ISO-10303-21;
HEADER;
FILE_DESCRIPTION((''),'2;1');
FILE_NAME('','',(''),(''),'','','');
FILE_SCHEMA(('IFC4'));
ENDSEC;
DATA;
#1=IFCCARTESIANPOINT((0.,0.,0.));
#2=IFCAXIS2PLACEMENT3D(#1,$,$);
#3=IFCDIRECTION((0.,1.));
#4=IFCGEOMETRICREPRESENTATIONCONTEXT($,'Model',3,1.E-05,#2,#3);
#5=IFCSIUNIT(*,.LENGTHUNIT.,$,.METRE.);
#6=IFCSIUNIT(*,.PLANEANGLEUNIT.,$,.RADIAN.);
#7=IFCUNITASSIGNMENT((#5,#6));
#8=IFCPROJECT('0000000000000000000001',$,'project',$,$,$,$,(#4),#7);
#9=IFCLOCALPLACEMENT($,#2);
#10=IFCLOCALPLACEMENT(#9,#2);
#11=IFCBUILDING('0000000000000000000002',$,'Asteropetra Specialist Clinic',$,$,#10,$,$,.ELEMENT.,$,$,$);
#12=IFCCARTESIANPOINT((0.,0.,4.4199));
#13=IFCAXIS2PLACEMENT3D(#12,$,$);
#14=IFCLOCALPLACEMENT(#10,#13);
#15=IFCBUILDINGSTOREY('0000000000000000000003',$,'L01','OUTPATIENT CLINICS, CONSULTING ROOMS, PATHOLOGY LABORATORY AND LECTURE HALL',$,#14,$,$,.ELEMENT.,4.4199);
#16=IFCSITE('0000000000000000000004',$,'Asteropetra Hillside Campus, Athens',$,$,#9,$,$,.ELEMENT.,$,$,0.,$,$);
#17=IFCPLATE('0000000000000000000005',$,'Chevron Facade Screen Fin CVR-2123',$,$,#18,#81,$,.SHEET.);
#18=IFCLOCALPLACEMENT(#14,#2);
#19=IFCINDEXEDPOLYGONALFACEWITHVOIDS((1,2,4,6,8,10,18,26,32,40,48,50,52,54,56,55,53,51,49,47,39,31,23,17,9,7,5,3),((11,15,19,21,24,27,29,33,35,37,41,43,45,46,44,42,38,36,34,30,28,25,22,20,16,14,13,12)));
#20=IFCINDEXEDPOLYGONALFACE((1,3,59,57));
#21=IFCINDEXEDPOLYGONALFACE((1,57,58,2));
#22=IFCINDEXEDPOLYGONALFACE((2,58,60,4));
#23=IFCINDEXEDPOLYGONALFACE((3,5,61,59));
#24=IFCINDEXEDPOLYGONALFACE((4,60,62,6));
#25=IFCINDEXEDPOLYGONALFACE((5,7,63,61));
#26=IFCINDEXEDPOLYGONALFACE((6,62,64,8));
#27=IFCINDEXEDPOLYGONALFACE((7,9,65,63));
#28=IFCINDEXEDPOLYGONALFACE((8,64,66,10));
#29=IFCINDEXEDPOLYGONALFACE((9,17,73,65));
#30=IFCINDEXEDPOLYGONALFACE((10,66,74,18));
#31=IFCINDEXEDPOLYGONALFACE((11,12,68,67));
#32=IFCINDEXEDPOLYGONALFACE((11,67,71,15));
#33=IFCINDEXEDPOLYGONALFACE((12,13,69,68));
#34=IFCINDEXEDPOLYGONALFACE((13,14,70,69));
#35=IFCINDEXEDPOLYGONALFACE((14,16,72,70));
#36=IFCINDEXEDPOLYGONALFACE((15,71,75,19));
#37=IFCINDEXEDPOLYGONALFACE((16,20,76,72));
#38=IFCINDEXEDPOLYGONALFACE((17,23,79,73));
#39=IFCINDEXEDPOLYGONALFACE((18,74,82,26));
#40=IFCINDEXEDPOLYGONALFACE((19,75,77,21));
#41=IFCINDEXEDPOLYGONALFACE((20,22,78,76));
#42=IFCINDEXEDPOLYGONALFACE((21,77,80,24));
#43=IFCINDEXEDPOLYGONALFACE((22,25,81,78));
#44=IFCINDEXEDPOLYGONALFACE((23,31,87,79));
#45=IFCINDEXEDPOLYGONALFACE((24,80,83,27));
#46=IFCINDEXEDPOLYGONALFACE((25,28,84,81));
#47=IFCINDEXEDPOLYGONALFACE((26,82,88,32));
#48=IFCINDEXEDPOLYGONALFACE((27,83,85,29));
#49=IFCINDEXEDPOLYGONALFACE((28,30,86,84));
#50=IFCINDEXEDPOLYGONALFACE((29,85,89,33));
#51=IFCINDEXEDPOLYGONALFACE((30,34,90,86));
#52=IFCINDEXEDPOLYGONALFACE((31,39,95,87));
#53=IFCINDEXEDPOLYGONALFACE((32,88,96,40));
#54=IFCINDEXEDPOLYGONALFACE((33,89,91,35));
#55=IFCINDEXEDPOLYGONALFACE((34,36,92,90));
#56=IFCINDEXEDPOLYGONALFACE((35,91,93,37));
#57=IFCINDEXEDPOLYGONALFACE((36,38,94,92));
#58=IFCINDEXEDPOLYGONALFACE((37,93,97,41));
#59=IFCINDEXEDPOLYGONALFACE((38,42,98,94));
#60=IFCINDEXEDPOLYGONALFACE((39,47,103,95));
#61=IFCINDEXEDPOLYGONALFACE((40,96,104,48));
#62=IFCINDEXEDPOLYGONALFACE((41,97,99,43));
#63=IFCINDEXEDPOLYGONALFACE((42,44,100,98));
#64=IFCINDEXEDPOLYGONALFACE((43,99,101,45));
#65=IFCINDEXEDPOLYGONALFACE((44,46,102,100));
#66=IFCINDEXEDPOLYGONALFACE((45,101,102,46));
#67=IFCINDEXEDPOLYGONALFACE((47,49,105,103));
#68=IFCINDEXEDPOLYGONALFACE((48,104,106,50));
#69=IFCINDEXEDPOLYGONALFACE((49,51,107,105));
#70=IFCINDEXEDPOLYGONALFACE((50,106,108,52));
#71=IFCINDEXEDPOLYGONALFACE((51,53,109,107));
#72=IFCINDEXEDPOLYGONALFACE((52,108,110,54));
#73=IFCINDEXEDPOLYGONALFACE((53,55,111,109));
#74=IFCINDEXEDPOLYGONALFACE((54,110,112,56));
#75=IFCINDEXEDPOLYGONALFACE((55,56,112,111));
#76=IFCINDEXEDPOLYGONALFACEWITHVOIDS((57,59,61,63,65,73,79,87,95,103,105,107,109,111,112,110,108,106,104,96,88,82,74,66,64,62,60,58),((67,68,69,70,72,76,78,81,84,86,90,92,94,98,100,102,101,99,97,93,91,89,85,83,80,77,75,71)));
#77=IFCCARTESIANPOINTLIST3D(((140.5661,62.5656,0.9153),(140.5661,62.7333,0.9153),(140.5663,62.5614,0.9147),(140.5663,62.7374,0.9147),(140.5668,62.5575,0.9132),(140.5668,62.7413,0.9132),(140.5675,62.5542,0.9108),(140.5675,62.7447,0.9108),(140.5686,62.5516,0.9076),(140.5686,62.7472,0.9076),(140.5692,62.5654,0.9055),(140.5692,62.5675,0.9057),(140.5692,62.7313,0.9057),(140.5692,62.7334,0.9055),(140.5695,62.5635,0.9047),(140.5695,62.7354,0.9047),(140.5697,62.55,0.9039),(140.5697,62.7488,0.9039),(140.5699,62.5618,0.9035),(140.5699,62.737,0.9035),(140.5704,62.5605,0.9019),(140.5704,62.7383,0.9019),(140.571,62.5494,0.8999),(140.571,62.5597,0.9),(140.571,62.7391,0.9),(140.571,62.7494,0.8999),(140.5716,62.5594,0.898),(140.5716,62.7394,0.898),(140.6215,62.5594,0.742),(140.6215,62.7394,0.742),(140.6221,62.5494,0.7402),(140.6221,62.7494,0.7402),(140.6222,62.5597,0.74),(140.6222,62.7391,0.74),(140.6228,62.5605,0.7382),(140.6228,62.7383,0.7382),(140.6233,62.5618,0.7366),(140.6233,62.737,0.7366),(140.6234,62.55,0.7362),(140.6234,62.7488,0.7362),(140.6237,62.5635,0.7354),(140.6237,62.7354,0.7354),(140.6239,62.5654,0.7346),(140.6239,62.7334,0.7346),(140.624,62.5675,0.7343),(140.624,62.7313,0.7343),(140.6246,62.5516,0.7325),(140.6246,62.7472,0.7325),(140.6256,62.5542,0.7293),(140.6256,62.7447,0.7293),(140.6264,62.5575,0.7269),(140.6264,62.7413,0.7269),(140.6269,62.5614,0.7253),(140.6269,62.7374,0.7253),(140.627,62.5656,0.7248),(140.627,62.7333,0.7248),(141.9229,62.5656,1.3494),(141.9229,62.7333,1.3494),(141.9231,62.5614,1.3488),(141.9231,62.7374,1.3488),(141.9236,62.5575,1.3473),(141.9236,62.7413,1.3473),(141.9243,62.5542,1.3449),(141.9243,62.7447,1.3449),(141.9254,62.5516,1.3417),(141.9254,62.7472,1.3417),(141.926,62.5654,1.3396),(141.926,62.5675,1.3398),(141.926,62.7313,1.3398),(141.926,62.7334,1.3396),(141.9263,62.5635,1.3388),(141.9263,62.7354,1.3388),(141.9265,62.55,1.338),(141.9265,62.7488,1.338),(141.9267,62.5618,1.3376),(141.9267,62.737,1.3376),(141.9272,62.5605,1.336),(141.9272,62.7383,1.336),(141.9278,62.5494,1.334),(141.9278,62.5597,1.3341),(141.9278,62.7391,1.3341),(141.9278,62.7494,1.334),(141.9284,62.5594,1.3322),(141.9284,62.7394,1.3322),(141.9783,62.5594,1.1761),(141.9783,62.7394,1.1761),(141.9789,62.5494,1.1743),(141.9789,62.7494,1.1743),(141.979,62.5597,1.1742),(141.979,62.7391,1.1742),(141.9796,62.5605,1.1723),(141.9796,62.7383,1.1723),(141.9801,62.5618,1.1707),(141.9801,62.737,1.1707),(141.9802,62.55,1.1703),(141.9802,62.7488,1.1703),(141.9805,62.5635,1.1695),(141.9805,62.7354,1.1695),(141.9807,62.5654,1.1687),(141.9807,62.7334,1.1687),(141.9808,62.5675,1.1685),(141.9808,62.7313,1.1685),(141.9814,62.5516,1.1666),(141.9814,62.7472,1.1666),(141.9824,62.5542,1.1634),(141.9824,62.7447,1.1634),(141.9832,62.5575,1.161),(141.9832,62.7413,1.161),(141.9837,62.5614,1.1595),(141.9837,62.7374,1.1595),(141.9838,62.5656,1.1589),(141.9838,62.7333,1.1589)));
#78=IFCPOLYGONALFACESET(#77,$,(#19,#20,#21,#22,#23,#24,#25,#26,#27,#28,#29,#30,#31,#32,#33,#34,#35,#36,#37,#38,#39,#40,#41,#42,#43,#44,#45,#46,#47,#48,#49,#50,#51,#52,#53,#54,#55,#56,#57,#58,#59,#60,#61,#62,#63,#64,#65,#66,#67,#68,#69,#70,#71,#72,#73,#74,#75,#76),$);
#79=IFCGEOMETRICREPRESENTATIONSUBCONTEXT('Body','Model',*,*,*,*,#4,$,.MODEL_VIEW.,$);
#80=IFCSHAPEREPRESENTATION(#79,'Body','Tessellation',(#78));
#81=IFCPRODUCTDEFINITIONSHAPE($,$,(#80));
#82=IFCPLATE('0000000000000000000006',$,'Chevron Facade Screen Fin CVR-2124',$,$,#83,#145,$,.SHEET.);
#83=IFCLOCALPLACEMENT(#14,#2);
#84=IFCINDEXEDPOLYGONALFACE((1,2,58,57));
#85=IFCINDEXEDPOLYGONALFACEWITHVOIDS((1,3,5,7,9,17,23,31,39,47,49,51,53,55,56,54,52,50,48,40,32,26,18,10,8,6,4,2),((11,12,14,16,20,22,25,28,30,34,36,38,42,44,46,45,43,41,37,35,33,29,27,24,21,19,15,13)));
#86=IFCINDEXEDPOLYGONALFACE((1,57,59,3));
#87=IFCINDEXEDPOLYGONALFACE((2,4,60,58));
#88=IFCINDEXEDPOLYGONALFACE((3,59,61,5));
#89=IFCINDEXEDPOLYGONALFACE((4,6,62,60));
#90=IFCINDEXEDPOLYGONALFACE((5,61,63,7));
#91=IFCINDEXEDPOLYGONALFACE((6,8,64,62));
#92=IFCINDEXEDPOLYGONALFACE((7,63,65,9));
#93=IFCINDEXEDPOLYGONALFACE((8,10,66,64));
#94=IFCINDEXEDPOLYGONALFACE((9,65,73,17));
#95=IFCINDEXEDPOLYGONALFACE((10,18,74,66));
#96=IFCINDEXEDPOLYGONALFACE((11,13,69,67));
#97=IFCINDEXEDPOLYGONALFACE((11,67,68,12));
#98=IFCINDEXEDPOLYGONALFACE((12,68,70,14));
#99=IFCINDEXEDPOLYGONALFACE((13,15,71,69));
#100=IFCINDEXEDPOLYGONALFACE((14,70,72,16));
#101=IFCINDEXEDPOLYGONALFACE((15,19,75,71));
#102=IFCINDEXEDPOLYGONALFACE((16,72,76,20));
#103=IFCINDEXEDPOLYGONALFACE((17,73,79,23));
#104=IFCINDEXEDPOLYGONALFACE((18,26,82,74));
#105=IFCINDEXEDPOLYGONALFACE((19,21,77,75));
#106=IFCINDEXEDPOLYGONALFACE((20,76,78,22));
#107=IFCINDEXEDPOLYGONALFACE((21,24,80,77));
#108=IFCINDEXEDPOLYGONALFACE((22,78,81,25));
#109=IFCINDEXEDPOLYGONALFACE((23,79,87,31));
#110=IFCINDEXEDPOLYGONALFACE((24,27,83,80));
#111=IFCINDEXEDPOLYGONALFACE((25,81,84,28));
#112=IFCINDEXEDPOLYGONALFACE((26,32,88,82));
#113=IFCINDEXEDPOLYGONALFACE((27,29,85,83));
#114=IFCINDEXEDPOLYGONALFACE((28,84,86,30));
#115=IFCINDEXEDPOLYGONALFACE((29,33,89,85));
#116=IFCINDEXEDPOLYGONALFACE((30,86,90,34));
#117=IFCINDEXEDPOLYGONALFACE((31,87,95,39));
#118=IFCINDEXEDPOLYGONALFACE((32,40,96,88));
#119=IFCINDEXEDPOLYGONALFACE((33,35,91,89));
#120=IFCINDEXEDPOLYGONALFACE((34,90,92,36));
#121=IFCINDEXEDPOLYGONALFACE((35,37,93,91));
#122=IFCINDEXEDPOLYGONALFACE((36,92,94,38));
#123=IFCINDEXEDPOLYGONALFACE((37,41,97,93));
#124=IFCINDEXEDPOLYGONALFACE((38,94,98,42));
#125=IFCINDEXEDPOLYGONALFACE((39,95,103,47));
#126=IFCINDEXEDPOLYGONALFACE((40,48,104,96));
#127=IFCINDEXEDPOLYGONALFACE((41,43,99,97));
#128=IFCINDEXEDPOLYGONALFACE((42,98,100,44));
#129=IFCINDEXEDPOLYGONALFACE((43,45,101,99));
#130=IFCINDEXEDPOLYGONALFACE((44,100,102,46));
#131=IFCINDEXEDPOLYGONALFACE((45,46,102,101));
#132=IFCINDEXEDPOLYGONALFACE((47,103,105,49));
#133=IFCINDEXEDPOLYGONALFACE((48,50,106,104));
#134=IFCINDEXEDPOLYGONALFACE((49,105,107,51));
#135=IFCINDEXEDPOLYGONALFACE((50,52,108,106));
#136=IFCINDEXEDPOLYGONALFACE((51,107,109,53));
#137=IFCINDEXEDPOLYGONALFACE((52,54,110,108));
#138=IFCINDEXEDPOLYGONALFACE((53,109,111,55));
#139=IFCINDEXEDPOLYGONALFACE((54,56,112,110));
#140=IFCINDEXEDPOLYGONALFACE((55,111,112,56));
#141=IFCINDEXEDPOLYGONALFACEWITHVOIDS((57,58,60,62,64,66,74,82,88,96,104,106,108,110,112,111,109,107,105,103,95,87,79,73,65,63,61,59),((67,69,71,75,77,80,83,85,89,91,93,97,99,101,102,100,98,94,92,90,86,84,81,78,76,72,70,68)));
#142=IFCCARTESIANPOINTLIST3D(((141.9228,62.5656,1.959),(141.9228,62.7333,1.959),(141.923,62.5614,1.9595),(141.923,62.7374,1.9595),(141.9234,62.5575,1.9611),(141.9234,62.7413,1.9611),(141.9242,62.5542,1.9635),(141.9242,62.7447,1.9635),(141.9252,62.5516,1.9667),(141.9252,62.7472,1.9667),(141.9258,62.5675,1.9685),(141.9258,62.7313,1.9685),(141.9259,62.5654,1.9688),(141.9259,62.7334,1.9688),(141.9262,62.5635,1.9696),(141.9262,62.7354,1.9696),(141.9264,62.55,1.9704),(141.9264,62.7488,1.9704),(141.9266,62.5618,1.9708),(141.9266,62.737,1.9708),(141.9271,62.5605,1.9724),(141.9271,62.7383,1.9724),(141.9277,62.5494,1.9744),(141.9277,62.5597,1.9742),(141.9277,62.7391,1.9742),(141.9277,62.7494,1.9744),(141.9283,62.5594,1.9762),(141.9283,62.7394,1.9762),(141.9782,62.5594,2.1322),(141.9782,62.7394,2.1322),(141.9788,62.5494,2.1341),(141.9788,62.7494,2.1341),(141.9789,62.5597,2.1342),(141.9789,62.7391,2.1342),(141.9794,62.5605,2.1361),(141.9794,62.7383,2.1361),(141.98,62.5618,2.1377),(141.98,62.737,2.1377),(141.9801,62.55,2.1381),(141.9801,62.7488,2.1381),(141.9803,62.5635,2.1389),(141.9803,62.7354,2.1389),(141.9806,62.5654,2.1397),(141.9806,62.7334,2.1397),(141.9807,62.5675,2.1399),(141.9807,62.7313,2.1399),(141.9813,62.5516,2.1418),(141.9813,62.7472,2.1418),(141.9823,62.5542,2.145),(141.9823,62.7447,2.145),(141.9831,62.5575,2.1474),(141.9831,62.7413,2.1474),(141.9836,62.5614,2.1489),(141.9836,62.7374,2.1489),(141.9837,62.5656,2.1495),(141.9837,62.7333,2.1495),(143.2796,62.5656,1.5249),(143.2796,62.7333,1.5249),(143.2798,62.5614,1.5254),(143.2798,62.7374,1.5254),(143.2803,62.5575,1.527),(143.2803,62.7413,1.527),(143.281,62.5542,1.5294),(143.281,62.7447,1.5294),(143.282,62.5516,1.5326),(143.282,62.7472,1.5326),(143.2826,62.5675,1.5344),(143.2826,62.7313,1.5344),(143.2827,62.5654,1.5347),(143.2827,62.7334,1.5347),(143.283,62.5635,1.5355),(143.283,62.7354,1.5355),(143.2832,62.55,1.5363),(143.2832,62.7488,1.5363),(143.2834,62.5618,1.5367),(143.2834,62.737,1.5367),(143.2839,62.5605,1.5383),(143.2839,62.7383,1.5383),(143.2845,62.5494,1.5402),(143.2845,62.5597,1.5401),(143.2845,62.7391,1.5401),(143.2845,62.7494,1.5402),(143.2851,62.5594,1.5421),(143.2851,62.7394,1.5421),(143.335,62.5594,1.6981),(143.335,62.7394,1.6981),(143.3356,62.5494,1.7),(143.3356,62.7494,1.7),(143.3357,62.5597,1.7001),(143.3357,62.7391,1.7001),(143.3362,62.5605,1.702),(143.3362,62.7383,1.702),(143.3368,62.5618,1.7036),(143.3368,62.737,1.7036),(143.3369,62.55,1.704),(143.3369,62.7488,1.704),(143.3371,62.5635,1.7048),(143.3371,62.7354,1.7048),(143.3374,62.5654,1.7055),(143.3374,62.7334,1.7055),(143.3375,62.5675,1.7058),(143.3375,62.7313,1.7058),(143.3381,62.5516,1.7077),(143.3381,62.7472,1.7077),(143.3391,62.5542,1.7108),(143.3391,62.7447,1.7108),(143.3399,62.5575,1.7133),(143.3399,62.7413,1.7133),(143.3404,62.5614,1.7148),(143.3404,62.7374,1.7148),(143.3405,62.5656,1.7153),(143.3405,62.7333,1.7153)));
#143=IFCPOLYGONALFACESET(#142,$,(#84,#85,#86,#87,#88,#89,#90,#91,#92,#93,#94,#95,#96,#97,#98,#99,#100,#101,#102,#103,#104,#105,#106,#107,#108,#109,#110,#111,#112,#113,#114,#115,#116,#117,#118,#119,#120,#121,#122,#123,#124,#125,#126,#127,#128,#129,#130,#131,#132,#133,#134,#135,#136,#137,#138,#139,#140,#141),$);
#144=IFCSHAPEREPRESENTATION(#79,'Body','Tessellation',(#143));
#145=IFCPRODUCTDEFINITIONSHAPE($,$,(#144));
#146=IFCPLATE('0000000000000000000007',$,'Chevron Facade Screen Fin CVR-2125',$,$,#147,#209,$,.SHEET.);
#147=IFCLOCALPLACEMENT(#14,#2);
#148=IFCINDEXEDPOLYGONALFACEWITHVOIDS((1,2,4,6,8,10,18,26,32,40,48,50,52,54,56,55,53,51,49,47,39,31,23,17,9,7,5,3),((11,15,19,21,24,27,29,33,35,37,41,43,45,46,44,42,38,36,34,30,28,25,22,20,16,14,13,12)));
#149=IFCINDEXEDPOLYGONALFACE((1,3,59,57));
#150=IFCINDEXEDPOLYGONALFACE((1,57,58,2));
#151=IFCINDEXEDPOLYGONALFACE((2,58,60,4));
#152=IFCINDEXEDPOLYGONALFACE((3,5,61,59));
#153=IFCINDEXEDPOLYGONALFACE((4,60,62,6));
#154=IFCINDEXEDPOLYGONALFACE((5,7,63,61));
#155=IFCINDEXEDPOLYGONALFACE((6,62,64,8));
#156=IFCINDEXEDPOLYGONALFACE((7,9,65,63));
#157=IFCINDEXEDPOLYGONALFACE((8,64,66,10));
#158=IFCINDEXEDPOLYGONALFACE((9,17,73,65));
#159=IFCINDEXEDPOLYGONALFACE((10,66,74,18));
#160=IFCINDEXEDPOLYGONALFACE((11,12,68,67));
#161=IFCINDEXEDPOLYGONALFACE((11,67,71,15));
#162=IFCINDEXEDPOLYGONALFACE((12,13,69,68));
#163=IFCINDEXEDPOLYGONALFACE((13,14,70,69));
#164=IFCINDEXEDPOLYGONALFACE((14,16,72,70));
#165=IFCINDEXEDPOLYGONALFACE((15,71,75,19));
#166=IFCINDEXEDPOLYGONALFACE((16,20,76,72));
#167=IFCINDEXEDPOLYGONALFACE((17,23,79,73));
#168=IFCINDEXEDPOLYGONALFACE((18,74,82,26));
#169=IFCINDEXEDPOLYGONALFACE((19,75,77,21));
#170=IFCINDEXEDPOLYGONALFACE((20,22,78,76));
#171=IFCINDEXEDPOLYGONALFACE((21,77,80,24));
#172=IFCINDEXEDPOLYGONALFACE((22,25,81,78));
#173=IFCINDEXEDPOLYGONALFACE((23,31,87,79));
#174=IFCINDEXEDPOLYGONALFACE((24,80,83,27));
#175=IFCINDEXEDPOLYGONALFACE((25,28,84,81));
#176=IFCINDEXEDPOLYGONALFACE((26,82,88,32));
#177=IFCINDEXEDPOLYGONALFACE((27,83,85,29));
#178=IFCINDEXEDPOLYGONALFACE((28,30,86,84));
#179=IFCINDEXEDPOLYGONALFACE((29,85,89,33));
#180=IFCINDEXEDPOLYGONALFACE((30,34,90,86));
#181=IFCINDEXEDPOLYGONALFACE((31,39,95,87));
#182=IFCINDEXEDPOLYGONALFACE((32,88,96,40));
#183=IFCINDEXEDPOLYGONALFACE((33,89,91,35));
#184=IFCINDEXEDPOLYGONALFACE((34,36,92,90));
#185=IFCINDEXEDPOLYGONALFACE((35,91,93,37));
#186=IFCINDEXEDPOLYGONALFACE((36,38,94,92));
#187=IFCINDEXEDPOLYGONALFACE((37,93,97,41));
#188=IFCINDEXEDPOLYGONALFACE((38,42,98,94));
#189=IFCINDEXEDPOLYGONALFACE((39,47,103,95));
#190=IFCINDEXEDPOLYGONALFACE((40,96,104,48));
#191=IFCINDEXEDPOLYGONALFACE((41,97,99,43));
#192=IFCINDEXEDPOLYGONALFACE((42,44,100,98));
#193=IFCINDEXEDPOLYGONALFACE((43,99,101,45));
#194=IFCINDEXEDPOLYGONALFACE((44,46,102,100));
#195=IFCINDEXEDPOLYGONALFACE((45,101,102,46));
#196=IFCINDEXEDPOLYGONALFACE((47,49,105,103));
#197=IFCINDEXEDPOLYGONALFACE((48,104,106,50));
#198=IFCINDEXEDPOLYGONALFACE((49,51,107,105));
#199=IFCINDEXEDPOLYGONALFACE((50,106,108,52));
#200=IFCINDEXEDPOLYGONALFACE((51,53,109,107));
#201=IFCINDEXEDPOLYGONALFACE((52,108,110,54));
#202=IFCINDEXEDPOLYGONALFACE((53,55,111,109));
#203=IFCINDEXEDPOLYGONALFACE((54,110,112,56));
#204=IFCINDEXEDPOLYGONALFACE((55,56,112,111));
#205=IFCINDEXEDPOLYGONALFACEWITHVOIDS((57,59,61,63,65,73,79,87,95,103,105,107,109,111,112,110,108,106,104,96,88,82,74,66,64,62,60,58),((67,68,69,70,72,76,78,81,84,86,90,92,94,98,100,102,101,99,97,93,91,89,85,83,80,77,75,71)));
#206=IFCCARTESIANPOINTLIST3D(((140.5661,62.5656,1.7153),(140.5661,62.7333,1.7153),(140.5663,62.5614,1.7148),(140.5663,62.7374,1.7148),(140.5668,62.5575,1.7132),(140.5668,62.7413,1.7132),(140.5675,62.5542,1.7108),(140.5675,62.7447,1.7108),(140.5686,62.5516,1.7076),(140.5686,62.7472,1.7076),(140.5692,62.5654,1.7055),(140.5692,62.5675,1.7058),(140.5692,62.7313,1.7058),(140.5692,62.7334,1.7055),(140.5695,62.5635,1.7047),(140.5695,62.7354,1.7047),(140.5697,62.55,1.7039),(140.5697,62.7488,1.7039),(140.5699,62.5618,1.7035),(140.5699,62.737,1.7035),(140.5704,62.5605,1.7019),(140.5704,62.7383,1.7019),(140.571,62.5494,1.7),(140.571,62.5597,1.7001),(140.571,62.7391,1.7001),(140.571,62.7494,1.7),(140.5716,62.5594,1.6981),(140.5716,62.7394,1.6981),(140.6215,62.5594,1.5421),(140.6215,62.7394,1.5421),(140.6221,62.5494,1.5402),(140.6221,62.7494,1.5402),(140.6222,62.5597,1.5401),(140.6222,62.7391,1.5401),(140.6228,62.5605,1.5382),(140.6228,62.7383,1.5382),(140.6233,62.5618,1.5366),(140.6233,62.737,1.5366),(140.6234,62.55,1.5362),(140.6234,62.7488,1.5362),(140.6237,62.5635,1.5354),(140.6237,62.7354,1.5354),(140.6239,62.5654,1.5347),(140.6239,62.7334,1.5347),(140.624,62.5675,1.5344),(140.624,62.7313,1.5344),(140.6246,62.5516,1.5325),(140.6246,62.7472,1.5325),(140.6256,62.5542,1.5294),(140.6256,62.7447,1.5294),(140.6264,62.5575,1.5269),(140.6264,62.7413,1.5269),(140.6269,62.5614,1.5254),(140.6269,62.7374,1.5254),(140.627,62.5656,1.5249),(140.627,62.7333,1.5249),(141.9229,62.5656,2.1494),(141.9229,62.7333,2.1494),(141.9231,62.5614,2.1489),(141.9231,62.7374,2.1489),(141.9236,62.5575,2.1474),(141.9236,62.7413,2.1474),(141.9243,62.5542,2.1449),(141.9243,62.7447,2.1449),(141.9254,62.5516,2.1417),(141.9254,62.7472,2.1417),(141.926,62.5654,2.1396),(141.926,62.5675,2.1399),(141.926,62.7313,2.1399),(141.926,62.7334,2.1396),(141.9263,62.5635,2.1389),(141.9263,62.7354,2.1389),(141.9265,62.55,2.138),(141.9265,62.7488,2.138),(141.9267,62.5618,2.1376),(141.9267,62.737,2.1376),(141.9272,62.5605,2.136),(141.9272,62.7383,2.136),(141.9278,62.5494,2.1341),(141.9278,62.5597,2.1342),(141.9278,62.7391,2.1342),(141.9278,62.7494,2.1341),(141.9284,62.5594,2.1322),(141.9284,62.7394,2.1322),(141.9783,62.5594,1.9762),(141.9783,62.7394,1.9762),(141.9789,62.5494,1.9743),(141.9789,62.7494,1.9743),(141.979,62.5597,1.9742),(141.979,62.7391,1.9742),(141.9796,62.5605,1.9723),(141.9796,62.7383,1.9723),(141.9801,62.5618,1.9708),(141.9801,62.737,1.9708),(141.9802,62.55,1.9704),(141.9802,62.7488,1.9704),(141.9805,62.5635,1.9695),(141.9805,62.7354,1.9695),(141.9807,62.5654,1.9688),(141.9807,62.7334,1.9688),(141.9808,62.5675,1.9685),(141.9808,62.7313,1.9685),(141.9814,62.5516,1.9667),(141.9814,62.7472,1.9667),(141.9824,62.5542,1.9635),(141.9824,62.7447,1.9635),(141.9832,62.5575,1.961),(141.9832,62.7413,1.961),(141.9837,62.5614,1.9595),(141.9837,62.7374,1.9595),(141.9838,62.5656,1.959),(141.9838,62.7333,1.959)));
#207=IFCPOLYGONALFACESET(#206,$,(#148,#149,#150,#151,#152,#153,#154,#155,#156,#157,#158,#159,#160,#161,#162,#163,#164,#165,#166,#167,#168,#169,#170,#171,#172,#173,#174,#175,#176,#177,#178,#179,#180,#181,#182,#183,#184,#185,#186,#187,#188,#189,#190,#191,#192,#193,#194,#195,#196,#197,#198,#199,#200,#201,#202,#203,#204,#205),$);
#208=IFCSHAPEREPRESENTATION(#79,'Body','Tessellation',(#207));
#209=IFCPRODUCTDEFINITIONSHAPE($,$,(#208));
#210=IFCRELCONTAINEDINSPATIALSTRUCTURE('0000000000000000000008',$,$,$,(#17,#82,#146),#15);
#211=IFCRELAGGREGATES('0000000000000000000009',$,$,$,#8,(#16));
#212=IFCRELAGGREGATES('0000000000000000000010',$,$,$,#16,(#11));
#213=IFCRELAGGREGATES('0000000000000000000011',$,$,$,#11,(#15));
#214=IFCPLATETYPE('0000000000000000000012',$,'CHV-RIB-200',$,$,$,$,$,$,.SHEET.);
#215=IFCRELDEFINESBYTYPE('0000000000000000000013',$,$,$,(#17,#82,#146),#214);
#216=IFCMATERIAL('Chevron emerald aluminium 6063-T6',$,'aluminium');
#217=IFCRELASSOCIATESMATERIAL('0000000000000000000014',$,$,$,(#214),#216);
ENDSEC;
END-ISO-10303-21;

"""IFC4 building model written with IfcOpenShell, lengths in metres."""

from ifc_helpers import new_model, si_unit, direction, frame, origin, origin_2d, place, context, subcontext, project, spatial, hollow_rectangle, extrude, material, material_profile, profile_set, type_object, element, save


model = new_model("IFC4")

# Units and contexts
model_context = context("Model", 3, precision=1e-05, world=origin(), true_north=direction((0.0, 1.0)))
body_context = subcontext(model_context, "Body", "Model", "MODEL_VIEW")
ifc_project = project(units=[si_unit("LENGTHUNIT", "METRE"), si_unit("PLANEANGLEUNIT", "RADIAN")], contexts=[model_context])

# Site, building, storey
site_placement = place(None, origin())
site = spatial("IfcSite", under=ifc_project, at=site_placement, Name="Asteropetra Hillside Campus, Athens", CompositionType="ELEMENT", RefElevation=0.0)
building_placement = place(site_placement, origin())
building = spatial("IfcBuilding", under=site, at=building_placement, Name="Asteropetra Specialist Clinic", CompositionType="ELEMENT")
storey_placement = place(building_placement, frame((0.0, 0.0, 4.4199)))
storey = spatial("IfcBuildingStorey", under=building, at=storey_placement, Name="L01", Description="OUTPATIENT CLINICS, CONSULTING ROOMS, PATHOLOGY LABORATORY AND LECTURE HALL", CompositionType="ELEMENT", Elevation=4.4199)

# Plates
ifc_material_1 = material(Name="Chevron emerald aluminium 6063-T6", Category="aluminium")
ifc_material_profile_1 = material_profile(ifc_material_1, hollow_rectangle(XDim=0.2, YDim=0.2, WallThickness=0.01, InnerFilletRadius=0.0081, OuterFilletRadius=0.0161, at=origin_2d()), Name="SHS 200x200x10.0")
ifc_profile_set_1 = profile_set([ifc_material_profile_1], Name="Chevron emerald aluminium 6063-T6")
plate_type_1 = type_object("IfcPlateType", Name="CHV-RIB-200", PredefinedType="SHEET", material=ifc_profile_set_1)
for number, where, z_axis, x_axis, name in (
    (1, (141.9534, 62.6494, 1.2542), (-0.952436, 0.0, -0.304738), (0.0, -1.0, 0.0), "Chevron Facade Screen Fin CVR-2123"),
    (2, (143.3101, 62.6494, 1.6201), (-0.952436, 0.0, 0.304738), (0.0, -1.0, 0.0), "Chevron Facade Screen Fin CVR-2124"),
    (3, (141.9534, 62.6494, 2.0542), (-0.952436, 0.0, -0.304738), (0.0, -1.0, 0.0), "Chevron Facade Screen Fin CVR-2125"),
):
    element("IfcPlate", number, at=place(storey_placement, frame(where, z_axis=z_axis, x_axis=x_axis)), inside=storey, type_object=plate_type_1, Name=name, PredefinedType="SHEET", context=body_context, shape_type="SweptSolid", body=[
        extrude(hollow_rectangle(XDim=0.2, YDim=0.2, WallThickness=0.01, InnerFilletRadius=0.0081, OuterFilletRadius=0.0161, at=origin_2d()), origin(), (0.0, 0.0, 1.0), 1.4246),
    ])

save(model, "model.ifc")
